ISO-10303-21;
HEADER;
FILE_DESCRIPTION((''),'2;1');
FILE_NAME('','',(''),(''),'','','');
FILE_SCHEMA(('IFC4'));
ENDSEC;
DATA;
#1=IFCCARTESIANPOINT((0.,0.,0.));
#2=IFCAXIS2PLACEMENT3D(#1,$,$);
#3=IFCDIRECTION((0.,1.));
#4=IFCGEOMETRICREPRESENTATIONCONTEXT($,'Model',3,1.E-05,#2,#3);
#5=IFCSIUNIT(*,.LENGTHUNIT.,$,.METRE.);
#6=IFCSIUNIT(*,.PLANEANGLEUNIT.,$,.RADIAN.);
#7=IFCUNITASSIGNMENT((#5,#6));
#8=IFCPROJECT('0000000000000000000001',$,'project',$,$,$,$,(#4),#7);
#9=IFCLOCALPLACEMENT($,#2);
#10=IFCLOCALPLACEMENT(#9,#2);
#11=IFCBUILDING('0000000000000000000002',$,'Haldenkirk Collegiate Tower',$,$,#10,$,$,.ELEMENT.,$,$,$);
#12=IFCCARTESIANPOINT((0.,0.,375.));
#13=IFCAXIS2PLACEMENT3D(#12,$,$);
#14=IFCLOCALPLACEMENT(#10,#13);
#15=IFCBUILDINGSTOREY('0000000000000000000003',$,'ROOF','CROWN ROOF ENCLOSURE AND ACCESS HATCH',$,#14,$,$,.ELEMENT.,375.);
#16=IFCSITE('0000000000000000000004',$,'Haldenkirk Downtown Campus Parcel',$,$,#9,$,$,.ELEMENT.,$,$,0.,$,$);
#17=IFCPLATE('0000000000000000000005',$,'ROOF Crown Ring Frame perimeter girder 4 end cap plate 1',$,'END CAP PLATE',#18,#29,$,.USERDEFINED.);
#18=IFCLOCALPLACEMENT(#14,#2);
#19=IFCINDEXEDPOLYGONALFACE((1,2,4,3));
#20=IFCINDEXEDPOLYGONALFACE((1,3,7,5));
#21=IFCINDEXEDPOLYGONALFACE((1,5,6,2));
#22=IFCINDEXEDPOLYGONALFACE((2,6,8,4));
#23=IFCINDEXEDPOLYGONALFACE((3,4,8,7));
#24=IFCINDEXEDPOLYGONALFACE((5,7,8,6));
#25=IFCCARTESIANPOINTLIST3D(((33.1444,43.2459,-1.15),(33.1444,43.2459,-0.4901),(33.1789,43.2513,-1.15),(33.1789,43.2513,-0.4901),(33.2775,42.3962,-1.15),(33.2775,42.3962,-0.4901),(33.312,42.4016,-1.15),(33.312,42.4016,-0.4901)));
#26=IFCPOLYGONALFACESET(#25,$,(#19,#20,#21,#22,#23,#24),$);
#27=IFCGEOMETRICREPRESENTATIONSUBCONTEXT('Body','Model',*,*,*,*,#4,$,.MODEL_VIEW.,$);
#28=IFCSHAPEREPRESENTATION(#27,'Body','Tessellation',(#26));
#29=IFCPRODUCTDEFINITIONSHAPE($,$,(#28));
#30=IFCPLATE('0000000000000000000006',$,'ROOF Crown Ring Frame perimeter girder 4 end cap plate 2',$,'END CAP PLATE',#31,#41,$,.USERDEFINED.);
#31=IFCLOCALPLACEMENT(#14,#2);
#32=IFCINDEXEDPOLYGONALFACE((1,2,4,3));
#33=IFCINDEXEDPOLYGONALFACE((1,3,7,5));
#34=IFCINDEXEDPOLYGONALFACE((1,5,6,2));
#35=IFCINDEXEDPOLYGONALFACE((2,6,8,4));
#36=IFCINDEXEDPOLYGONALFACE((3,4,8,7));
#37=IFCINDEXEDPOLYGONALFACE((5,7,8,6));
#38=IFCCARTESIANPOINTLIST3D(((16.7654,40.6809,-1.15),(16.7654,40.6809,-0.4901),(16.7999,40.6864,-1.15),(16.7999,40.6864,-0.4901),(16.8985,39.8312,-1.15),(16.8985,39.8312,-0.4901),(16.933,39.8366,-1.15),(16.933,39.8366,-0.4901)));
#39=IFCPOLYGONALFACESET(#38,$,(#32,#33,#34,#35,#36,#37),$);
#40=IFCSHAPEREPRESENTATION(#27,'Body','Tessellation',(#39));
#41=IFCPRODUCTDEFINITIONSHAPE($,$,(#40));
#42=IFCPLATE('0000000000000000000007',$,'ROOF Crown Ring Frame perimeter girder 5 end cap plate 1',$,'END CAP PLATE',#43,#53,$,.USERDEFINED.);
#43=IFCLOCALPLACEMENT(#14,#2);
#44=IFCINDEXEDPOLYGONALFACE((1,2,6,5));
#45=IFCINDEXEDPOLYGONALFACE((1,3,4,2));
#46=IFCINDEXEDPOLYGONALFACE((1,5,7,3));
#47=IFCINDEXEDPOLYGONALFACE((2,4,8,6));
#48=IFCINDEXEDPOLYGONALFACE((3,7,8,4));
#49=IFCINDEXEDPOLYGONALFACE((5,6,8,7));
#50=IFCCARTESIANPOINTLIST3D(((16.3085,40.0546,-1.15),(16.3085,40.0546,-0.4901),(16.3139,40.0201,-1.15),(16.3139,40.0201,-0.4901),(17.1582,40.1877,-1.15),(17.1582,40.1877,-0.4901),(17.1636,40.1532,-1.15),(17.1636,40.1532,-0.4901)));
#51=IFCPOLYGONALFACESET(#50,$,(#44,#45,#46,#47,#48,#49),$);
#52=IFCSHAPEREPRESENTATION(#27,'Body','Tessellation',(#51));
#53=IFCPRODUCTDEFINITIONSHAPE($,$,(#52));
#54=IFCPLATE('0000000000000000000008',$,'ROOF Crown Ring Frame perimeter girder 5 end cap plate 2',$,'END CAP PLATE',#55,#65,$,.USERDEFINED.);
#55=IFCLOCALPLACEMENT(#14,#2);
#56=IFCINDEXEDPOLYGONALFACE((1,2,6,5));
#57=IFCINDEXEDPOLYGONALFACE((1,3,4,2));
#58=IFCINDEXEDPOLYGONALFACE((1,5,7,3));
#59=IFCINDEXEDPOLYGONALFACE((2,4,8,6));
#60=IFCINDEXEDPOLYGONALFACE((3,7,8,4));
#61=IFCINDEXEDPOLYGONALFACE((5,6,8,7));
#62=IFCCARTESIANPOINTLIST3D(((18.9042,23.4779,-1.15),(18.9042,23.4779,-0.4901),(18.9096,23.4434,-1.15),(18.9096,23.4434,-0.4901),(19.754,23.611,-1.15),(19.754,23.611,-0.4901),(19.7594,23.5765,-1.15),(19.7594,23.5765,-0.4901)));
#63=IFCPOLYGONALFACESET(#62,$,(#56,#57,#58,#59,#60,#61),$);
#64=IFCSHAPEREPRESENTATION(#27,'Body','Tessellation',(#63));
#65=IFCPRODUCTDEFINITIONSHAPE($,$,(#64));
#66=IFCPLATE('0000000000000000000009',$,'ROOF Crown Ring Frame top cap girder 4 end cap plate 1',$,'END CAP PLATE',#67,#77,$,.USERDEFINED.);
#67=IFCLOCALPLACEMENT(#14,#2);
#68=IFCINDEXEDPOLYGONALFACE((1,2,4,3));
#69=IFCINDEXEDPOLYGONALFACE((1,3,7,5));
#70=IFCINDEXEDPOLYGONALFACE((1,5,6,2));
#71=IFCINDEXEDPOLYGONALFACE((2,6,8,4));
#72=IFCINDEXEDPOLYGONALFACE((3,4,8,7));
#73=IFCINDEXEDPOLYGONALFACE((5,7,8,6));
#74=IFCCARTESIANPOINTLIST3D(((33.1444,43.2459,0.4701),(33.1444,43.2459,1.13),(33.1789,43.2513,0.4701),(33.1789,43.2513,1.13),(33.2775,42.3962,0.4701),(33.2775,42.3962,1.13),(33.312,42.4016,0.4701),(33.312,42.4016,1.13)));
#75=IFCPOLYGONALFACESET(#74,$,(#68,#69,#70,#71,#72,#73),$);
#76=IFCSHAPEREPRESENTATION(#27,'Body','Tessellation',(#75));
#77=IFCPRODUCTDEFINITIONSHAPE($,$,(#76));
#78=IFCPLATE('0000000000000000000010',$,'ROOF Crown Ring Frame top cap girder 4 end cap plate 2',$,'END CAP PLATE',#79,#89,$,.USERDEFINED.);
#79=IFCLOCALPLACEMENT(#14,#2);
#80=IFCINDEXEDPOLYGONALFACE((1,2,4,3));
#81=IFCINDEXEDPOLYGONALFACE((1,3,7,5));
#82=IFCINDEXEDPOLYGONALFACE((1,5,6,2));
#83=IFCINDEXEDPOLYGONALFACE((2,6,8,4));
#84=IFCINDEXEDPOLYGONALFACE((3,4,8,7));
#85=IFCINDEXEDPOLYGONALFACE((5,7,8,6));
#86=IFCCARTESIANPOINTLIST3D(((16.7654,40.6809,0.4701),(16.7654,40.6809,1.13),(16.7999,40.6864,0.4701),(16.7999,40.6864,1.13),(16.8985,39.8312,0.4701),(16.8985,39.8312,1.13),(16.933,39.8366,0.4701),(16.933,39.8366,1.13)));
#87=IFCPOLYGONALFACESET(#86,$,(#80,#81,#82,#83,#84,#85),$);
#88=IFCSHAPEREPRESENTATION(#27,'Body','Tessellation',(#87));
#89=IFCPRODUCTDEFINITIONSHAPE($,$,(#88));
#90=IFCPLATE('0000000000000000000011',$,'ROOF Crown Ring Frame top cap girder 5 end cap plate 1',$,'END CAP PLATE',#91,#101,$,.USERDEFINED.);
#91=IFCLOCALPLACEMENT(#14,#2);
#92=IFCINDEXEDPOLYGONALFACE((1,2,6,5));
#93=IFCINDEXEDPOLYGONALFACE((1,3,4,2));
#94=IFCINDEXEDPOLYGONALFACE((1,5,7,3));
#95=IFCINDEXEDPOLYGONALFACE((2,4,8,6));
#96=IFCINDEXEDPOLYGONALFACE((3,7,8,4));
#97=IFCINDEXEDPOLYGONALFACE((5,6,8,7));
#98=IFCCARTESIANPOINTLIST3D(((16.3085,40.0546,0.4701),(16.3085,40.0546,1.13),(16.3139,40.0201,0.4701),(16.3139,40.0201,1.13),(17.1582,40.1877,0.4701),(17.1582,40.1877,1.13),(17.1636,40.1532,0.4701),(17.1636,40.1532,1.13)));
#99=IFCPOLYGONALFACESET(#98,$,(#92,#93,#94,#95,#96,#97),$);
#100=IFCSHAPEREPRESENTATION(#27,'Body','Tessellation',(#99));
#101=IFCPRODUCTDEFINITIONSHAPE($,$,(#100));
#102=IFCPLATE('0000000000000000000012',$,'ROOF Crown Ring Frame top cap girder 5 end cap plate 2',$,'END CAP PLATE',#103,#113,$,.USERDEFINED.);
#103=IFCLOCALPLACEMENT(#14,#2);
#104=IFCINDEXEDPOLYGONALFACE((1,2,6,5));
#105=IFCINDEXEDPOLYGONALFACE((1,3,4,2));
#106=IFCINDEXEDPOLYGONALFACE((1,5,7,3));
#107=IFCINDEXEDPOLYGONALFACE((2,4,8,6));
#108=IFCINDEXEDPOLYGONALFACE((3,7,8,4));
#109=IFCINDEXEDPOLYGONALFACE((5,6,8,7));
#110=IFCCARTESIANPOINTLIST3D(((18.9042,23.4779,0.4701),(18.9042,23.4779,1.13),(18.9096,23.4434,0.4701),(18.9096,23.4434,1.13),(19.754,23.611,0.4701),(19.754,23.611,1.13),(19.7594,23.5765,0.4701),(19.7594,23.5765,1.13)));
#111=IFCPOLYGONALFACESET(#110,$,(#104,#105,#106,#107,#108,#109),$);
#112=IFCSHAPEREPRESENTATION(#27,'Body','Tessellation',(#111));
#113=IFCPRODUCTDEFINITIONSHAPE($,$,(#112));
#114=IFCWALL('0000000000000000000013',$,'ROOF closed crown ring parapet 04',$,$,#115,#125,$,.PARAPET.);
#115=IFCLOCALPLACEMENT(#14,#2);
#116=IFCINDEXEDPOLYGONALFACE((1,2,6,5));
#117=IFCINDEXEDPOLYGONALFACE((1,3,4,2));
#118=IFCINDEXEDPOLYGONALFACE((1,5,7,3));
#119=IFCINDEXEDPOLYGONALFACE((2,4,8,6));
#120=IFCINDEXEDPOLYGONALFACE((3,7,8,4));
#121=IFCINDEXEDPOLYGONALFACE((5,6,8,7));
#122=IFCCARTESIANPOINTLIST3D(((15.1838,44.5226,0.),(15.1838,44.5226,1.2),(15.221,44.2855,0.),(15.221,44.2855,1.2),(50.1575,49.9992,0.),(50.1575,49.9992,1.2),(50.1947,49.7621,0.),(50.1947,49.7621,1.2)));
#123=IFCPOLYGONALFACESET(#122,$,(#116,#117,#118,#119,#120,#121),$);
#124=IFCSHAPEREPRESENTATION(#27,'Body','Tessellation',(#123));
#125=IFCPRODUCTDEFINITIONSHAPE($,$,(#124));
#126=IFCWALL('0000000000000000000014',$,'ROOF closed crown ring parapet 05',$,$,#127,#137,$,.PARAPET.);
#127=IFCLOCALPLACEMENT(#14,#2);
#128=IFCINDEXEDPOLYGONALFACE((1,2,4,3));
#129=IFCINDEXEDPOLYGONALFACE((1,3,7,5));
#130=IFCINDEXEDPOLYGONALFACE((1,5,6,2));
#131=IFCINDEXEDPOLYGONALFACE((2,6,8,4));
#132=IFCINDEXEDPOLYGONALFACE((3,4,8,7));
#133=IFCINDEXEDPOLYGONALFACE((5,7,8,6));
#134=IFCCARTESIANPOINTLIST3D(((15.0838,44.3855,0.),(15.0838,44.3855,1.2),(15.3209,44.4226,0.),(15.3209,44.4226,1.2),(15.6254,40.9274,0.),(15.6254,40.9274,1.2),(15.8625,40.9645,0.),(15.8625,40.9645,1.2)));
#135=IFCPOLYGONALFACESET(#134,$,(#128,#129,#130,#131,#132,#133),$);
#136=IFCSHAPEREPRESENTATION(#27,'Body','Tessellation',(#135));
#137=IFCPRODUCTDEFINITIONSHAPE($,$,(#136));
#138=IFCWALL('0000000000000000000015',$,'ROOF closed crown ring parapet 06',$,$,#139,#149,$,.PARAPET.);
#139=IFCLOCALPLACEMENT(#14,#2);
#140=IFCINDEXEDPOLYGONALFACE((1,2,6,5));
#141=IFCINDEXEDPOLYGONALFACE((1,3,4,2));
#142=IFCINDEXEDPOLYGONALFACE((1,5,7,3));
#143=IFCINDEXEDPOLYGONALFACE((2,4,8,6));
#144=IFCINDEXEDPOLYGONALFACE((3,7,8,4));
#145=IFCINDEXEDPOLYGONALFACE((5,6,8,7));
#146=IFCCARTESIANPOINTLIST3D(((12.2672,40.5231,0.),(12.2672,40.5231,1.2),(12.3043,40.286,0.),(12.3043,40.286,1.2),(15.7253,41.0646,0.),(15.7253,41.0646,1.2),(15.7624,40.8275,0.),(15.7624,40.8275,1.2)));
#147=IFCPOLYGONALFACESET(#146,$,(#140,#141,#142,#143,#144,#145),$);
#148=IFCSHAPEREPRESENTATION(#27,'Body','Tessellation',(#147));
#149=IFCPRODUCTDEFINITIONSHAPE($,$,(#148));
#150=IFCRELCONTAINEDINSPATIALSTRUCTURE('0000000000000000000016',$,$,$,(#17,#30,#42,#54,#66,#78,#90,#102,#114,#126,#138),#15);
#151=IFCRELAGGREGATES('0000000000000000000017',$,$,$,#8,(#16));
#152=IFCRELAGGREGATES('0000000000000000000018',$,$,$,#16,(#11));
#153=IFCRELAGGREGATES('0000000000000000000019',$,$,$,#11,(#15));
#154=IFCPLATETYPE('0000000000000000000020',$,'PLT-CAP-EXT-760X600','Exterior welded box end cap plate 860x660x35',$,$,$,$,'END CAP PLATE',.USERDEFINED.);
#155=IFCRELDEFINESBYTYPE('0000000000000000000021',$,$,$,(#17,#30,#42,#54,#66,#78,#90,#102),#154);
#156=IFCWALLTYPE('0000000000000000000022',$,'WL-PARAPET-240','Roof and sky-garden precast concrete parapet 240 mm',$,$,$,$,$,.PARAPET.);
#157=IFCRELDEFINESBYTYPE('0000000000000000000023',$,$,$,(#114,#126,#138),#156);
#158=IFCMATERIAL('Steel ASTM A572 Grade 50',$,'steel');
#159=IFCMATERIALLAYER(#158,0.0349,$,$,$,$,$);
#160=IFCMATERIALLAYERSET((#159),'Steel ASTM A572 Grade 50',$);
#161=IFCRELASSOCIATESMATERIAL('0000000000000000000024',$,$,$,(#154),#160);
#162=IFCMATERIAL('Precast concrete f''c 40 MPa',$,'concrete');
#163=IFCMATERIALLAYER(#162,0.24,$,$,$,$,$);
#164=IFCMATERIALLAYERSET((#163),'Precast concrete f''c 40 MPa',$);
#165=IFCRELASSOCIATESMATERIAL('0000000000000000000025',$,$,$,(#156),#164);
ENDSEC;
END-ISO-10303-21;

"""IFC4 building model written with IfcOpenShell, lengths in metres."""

from ifc_helpers import new_model, si_unit, direction, frame, frame_2d, origin, origin_2d, place, context, subcontext, project, spatial, rectangle, extrude, source, transform, mapped, material, layer, layer_set, type_object, element, save


model = new_model("IFC4")

# Units and contexts
model_context = context("Model", 3, precision=1e-05, world=origin(), true_north=direction((0.0, 1.0)))
body_context = subcontext(model_context, "Body", "Model", "MODEL_VIEW")
ifc_project = project(units=[si_unit("LENGTHUNIT", "METRE"), si_unit("PLANEANGLEUNIT", "RADIAN")], contexts=[model_context])

# Site, building, storey
site_placement = place(None, origin())
site = spatial("IfcSite", under=ifc_project, at=site_placement, Name="Haldenkirk Downtown Campus Parcel", CompositionType="ELEMENT", RefElevation=0.0)
building_placement = place(site_placement, origin())
building = spatial("IfcBuilding", under=site, at=building_placement, Name="Haldenkirk Collegiate Tower", CompositionType="ELEMENT")
storey_placement = place(building_placement, frame((0.0, 0.0, 375.0)))
storey = spatial("IfcBuildingStorey", under=building, at=storey_placement, Name="ROOF", Description="CROWN ROOF ENCLOSURE AND ACCESS HATCH", CompositionType="ELEMENT", Elevation=375.0)

# Shared definitions
ifc_material_1 = material(Name="Steel ASTM A572 Grade 50", Category="steel")

# Plates
ifc_layer_1 = layer(ifc_material_1, 0.0349)
ifc_layer_set_1 = layer_set([ifc_layer_1], Name="Steel ASTM A572 Grade 50")
plate_type = type_object("IfcPlateType", Name="PLT-CAP-EXT-760X600", Description="Exterior welded box end cap plate 860x660x35", ElementType="END CAP PLATE", PredefinedType="USERDEFINED", material=ifc_layer_set_1)
shared_shape = source(origin(), body_context, "Body", "SweptSolid", [
    extrude(rectangle(XDim=0.8601, YDim=0.6599, at=origin_2d()), origin(), (0.0, 0.0, 1.0), 0.0349),
])
for number, where, z_axis, x_axis, name in (
    (1, (33.2109, 42.821, -0.8201), (0.987959, 0.154713, 0.0), (-0.154713, 0.987959, 0.0), "ROOF Crown Ring Frame perimeter girder 4 end cap plate 1"),
    (2, (16.8665, 40.2615, -0.8201), (-0.987959, -0.154713, 0.0), (0.154713, -0.987959, 0.0), "ROOF Crown Ring Frame perimeter girder 4 end cap plate 2"),
    (3, (16.7388, 40.0867, -0.8201), (-0.154711, 0.98796, 0.0), (-0.98796, -0.154711, 0.0), "ROOF Crown Ring Frame perimeter girder 5 end cap plate 1"),
    (4, (19.3291, 23.5444, -0.8201), (0.154711, -0.98796, 0.0), (0.98796, 0.154711, 0.0), "ROOF Crown Ring Frame perimeter girder 5 end cap plate 2"),
    (5, (33.2109, 42.821, 0.8), (0.987959, 0.154713, 0.0), (-0.154713, 0.987959, 0.0), "ROOF Crown Ring Frame top cap girder 4 end cap plate 1"),
    (6, (16.8665, 40.2615, 0.8), (-0.987959, -0.154713, 0.0), (0.154713, -0.987959, 0.0), "ROOF Crown Ring Frame top cap girder 4 end cap plate 2"),
    (7, (16.7388, 40.0867, 0.8), (-0.154711, 0.98796, 0.0), (-0.98796, -0.154711, 0.0), "ROOF Crown Ring Frame top cap girder 5 end cap plate 1"),
    (8, (19.3291, 23.5444, 0.8), (0.154711, -0.98796, 0.0), (0.98796, 0.154711, 0.0), "ROOF Crown Ring Frame top cap girder 5 end cap plate 2"),
):
    element("IfcPlate", number, at=place(storey_placement, frame(where, z_axis=z_axis, x_axis=x_axis)), inside=storey, type_object=plate_type, Name=name, ObjectType="END CAP PLATE", PredefinedType="USERDEFINED", context=body_context, shape_type="MappedRepresentation", body=[
        mapped(shared_shape, transform((0.0, 0.0, 0.0), x_axis=(1.0, 0.0, 0.0), y_axis=(0.0, 1.0, 0.0), z_axis=(0.0, 0.0, 1.0), scale=1.0)),
    ])

# Walls
ifc_material_2 = material(Name="Precast concrete f'c 40 MPa", Category="concrete")
ifc_layer_2 = layer(ifc_material_2, 0.24)
ifc_layer_set_2 = layer_set([ifc_layer_2], Name="Precast concrete f'c 40 MPa")
wall_type = type_object("IfcWallType", Name="WL-PARAPET-240", Description="Roof and sky-garden precast concrete parapet 240 mm", PredefinedType="PARAPET", material=ifc_layer_set_2)
wall_placement = place(storey_placement, frame((15.2024, 44.4041, 0.0), z_axis=(0.0, 0.0, 1.0), x_axis=(0.987961, 0.154706, 0.0)))
element("IfcWall", 9, at=wall_placement, inside=storey, type_object=wall_type, Name="ROOF closed crown ring parapet 04", PredefinedType="PARAPET", context=body_context, shape_type="SweptSolid", body=[
    extrude(rectangle(XDim=35.3999, YDim=0.24, at=frame_2d((17.7, 0.0))), origin(), (0.0, 0.0, 1.0), 1.2),
])
for number, where, z_axis, x_axis, name in (
    (10, (15.7439, 40.946, 0.0), (0.0, 0.0, 1.0), (-0.154709, 0.98796, 0.0), "ROOF closed crown ring parapet 05"),
    (11, (12.2859, 40.4045, 0.0), (0.0, 0.0, 1.0), (0.98796, 0.154709, 0.0), "ROOF closed crown ring parapet 06"),
):
    element("IfcWall", number, at=place(storey_placement, frame(where, z_axis=z_axis, x_axis=x_axis)), inside=storey, type_object=wall_type, Name=name, PredefinedType="PARAPET", context=body_context, shape_type="SweptSolid", body=[
        extrude(rectangle(XDim=3.5002, YDim=0.24, at=frame_2d((1.75, 0.0))), origin(), (0.0, 0.0, 1.0), 1.2),
    ])

save(model, "model.ifc")
